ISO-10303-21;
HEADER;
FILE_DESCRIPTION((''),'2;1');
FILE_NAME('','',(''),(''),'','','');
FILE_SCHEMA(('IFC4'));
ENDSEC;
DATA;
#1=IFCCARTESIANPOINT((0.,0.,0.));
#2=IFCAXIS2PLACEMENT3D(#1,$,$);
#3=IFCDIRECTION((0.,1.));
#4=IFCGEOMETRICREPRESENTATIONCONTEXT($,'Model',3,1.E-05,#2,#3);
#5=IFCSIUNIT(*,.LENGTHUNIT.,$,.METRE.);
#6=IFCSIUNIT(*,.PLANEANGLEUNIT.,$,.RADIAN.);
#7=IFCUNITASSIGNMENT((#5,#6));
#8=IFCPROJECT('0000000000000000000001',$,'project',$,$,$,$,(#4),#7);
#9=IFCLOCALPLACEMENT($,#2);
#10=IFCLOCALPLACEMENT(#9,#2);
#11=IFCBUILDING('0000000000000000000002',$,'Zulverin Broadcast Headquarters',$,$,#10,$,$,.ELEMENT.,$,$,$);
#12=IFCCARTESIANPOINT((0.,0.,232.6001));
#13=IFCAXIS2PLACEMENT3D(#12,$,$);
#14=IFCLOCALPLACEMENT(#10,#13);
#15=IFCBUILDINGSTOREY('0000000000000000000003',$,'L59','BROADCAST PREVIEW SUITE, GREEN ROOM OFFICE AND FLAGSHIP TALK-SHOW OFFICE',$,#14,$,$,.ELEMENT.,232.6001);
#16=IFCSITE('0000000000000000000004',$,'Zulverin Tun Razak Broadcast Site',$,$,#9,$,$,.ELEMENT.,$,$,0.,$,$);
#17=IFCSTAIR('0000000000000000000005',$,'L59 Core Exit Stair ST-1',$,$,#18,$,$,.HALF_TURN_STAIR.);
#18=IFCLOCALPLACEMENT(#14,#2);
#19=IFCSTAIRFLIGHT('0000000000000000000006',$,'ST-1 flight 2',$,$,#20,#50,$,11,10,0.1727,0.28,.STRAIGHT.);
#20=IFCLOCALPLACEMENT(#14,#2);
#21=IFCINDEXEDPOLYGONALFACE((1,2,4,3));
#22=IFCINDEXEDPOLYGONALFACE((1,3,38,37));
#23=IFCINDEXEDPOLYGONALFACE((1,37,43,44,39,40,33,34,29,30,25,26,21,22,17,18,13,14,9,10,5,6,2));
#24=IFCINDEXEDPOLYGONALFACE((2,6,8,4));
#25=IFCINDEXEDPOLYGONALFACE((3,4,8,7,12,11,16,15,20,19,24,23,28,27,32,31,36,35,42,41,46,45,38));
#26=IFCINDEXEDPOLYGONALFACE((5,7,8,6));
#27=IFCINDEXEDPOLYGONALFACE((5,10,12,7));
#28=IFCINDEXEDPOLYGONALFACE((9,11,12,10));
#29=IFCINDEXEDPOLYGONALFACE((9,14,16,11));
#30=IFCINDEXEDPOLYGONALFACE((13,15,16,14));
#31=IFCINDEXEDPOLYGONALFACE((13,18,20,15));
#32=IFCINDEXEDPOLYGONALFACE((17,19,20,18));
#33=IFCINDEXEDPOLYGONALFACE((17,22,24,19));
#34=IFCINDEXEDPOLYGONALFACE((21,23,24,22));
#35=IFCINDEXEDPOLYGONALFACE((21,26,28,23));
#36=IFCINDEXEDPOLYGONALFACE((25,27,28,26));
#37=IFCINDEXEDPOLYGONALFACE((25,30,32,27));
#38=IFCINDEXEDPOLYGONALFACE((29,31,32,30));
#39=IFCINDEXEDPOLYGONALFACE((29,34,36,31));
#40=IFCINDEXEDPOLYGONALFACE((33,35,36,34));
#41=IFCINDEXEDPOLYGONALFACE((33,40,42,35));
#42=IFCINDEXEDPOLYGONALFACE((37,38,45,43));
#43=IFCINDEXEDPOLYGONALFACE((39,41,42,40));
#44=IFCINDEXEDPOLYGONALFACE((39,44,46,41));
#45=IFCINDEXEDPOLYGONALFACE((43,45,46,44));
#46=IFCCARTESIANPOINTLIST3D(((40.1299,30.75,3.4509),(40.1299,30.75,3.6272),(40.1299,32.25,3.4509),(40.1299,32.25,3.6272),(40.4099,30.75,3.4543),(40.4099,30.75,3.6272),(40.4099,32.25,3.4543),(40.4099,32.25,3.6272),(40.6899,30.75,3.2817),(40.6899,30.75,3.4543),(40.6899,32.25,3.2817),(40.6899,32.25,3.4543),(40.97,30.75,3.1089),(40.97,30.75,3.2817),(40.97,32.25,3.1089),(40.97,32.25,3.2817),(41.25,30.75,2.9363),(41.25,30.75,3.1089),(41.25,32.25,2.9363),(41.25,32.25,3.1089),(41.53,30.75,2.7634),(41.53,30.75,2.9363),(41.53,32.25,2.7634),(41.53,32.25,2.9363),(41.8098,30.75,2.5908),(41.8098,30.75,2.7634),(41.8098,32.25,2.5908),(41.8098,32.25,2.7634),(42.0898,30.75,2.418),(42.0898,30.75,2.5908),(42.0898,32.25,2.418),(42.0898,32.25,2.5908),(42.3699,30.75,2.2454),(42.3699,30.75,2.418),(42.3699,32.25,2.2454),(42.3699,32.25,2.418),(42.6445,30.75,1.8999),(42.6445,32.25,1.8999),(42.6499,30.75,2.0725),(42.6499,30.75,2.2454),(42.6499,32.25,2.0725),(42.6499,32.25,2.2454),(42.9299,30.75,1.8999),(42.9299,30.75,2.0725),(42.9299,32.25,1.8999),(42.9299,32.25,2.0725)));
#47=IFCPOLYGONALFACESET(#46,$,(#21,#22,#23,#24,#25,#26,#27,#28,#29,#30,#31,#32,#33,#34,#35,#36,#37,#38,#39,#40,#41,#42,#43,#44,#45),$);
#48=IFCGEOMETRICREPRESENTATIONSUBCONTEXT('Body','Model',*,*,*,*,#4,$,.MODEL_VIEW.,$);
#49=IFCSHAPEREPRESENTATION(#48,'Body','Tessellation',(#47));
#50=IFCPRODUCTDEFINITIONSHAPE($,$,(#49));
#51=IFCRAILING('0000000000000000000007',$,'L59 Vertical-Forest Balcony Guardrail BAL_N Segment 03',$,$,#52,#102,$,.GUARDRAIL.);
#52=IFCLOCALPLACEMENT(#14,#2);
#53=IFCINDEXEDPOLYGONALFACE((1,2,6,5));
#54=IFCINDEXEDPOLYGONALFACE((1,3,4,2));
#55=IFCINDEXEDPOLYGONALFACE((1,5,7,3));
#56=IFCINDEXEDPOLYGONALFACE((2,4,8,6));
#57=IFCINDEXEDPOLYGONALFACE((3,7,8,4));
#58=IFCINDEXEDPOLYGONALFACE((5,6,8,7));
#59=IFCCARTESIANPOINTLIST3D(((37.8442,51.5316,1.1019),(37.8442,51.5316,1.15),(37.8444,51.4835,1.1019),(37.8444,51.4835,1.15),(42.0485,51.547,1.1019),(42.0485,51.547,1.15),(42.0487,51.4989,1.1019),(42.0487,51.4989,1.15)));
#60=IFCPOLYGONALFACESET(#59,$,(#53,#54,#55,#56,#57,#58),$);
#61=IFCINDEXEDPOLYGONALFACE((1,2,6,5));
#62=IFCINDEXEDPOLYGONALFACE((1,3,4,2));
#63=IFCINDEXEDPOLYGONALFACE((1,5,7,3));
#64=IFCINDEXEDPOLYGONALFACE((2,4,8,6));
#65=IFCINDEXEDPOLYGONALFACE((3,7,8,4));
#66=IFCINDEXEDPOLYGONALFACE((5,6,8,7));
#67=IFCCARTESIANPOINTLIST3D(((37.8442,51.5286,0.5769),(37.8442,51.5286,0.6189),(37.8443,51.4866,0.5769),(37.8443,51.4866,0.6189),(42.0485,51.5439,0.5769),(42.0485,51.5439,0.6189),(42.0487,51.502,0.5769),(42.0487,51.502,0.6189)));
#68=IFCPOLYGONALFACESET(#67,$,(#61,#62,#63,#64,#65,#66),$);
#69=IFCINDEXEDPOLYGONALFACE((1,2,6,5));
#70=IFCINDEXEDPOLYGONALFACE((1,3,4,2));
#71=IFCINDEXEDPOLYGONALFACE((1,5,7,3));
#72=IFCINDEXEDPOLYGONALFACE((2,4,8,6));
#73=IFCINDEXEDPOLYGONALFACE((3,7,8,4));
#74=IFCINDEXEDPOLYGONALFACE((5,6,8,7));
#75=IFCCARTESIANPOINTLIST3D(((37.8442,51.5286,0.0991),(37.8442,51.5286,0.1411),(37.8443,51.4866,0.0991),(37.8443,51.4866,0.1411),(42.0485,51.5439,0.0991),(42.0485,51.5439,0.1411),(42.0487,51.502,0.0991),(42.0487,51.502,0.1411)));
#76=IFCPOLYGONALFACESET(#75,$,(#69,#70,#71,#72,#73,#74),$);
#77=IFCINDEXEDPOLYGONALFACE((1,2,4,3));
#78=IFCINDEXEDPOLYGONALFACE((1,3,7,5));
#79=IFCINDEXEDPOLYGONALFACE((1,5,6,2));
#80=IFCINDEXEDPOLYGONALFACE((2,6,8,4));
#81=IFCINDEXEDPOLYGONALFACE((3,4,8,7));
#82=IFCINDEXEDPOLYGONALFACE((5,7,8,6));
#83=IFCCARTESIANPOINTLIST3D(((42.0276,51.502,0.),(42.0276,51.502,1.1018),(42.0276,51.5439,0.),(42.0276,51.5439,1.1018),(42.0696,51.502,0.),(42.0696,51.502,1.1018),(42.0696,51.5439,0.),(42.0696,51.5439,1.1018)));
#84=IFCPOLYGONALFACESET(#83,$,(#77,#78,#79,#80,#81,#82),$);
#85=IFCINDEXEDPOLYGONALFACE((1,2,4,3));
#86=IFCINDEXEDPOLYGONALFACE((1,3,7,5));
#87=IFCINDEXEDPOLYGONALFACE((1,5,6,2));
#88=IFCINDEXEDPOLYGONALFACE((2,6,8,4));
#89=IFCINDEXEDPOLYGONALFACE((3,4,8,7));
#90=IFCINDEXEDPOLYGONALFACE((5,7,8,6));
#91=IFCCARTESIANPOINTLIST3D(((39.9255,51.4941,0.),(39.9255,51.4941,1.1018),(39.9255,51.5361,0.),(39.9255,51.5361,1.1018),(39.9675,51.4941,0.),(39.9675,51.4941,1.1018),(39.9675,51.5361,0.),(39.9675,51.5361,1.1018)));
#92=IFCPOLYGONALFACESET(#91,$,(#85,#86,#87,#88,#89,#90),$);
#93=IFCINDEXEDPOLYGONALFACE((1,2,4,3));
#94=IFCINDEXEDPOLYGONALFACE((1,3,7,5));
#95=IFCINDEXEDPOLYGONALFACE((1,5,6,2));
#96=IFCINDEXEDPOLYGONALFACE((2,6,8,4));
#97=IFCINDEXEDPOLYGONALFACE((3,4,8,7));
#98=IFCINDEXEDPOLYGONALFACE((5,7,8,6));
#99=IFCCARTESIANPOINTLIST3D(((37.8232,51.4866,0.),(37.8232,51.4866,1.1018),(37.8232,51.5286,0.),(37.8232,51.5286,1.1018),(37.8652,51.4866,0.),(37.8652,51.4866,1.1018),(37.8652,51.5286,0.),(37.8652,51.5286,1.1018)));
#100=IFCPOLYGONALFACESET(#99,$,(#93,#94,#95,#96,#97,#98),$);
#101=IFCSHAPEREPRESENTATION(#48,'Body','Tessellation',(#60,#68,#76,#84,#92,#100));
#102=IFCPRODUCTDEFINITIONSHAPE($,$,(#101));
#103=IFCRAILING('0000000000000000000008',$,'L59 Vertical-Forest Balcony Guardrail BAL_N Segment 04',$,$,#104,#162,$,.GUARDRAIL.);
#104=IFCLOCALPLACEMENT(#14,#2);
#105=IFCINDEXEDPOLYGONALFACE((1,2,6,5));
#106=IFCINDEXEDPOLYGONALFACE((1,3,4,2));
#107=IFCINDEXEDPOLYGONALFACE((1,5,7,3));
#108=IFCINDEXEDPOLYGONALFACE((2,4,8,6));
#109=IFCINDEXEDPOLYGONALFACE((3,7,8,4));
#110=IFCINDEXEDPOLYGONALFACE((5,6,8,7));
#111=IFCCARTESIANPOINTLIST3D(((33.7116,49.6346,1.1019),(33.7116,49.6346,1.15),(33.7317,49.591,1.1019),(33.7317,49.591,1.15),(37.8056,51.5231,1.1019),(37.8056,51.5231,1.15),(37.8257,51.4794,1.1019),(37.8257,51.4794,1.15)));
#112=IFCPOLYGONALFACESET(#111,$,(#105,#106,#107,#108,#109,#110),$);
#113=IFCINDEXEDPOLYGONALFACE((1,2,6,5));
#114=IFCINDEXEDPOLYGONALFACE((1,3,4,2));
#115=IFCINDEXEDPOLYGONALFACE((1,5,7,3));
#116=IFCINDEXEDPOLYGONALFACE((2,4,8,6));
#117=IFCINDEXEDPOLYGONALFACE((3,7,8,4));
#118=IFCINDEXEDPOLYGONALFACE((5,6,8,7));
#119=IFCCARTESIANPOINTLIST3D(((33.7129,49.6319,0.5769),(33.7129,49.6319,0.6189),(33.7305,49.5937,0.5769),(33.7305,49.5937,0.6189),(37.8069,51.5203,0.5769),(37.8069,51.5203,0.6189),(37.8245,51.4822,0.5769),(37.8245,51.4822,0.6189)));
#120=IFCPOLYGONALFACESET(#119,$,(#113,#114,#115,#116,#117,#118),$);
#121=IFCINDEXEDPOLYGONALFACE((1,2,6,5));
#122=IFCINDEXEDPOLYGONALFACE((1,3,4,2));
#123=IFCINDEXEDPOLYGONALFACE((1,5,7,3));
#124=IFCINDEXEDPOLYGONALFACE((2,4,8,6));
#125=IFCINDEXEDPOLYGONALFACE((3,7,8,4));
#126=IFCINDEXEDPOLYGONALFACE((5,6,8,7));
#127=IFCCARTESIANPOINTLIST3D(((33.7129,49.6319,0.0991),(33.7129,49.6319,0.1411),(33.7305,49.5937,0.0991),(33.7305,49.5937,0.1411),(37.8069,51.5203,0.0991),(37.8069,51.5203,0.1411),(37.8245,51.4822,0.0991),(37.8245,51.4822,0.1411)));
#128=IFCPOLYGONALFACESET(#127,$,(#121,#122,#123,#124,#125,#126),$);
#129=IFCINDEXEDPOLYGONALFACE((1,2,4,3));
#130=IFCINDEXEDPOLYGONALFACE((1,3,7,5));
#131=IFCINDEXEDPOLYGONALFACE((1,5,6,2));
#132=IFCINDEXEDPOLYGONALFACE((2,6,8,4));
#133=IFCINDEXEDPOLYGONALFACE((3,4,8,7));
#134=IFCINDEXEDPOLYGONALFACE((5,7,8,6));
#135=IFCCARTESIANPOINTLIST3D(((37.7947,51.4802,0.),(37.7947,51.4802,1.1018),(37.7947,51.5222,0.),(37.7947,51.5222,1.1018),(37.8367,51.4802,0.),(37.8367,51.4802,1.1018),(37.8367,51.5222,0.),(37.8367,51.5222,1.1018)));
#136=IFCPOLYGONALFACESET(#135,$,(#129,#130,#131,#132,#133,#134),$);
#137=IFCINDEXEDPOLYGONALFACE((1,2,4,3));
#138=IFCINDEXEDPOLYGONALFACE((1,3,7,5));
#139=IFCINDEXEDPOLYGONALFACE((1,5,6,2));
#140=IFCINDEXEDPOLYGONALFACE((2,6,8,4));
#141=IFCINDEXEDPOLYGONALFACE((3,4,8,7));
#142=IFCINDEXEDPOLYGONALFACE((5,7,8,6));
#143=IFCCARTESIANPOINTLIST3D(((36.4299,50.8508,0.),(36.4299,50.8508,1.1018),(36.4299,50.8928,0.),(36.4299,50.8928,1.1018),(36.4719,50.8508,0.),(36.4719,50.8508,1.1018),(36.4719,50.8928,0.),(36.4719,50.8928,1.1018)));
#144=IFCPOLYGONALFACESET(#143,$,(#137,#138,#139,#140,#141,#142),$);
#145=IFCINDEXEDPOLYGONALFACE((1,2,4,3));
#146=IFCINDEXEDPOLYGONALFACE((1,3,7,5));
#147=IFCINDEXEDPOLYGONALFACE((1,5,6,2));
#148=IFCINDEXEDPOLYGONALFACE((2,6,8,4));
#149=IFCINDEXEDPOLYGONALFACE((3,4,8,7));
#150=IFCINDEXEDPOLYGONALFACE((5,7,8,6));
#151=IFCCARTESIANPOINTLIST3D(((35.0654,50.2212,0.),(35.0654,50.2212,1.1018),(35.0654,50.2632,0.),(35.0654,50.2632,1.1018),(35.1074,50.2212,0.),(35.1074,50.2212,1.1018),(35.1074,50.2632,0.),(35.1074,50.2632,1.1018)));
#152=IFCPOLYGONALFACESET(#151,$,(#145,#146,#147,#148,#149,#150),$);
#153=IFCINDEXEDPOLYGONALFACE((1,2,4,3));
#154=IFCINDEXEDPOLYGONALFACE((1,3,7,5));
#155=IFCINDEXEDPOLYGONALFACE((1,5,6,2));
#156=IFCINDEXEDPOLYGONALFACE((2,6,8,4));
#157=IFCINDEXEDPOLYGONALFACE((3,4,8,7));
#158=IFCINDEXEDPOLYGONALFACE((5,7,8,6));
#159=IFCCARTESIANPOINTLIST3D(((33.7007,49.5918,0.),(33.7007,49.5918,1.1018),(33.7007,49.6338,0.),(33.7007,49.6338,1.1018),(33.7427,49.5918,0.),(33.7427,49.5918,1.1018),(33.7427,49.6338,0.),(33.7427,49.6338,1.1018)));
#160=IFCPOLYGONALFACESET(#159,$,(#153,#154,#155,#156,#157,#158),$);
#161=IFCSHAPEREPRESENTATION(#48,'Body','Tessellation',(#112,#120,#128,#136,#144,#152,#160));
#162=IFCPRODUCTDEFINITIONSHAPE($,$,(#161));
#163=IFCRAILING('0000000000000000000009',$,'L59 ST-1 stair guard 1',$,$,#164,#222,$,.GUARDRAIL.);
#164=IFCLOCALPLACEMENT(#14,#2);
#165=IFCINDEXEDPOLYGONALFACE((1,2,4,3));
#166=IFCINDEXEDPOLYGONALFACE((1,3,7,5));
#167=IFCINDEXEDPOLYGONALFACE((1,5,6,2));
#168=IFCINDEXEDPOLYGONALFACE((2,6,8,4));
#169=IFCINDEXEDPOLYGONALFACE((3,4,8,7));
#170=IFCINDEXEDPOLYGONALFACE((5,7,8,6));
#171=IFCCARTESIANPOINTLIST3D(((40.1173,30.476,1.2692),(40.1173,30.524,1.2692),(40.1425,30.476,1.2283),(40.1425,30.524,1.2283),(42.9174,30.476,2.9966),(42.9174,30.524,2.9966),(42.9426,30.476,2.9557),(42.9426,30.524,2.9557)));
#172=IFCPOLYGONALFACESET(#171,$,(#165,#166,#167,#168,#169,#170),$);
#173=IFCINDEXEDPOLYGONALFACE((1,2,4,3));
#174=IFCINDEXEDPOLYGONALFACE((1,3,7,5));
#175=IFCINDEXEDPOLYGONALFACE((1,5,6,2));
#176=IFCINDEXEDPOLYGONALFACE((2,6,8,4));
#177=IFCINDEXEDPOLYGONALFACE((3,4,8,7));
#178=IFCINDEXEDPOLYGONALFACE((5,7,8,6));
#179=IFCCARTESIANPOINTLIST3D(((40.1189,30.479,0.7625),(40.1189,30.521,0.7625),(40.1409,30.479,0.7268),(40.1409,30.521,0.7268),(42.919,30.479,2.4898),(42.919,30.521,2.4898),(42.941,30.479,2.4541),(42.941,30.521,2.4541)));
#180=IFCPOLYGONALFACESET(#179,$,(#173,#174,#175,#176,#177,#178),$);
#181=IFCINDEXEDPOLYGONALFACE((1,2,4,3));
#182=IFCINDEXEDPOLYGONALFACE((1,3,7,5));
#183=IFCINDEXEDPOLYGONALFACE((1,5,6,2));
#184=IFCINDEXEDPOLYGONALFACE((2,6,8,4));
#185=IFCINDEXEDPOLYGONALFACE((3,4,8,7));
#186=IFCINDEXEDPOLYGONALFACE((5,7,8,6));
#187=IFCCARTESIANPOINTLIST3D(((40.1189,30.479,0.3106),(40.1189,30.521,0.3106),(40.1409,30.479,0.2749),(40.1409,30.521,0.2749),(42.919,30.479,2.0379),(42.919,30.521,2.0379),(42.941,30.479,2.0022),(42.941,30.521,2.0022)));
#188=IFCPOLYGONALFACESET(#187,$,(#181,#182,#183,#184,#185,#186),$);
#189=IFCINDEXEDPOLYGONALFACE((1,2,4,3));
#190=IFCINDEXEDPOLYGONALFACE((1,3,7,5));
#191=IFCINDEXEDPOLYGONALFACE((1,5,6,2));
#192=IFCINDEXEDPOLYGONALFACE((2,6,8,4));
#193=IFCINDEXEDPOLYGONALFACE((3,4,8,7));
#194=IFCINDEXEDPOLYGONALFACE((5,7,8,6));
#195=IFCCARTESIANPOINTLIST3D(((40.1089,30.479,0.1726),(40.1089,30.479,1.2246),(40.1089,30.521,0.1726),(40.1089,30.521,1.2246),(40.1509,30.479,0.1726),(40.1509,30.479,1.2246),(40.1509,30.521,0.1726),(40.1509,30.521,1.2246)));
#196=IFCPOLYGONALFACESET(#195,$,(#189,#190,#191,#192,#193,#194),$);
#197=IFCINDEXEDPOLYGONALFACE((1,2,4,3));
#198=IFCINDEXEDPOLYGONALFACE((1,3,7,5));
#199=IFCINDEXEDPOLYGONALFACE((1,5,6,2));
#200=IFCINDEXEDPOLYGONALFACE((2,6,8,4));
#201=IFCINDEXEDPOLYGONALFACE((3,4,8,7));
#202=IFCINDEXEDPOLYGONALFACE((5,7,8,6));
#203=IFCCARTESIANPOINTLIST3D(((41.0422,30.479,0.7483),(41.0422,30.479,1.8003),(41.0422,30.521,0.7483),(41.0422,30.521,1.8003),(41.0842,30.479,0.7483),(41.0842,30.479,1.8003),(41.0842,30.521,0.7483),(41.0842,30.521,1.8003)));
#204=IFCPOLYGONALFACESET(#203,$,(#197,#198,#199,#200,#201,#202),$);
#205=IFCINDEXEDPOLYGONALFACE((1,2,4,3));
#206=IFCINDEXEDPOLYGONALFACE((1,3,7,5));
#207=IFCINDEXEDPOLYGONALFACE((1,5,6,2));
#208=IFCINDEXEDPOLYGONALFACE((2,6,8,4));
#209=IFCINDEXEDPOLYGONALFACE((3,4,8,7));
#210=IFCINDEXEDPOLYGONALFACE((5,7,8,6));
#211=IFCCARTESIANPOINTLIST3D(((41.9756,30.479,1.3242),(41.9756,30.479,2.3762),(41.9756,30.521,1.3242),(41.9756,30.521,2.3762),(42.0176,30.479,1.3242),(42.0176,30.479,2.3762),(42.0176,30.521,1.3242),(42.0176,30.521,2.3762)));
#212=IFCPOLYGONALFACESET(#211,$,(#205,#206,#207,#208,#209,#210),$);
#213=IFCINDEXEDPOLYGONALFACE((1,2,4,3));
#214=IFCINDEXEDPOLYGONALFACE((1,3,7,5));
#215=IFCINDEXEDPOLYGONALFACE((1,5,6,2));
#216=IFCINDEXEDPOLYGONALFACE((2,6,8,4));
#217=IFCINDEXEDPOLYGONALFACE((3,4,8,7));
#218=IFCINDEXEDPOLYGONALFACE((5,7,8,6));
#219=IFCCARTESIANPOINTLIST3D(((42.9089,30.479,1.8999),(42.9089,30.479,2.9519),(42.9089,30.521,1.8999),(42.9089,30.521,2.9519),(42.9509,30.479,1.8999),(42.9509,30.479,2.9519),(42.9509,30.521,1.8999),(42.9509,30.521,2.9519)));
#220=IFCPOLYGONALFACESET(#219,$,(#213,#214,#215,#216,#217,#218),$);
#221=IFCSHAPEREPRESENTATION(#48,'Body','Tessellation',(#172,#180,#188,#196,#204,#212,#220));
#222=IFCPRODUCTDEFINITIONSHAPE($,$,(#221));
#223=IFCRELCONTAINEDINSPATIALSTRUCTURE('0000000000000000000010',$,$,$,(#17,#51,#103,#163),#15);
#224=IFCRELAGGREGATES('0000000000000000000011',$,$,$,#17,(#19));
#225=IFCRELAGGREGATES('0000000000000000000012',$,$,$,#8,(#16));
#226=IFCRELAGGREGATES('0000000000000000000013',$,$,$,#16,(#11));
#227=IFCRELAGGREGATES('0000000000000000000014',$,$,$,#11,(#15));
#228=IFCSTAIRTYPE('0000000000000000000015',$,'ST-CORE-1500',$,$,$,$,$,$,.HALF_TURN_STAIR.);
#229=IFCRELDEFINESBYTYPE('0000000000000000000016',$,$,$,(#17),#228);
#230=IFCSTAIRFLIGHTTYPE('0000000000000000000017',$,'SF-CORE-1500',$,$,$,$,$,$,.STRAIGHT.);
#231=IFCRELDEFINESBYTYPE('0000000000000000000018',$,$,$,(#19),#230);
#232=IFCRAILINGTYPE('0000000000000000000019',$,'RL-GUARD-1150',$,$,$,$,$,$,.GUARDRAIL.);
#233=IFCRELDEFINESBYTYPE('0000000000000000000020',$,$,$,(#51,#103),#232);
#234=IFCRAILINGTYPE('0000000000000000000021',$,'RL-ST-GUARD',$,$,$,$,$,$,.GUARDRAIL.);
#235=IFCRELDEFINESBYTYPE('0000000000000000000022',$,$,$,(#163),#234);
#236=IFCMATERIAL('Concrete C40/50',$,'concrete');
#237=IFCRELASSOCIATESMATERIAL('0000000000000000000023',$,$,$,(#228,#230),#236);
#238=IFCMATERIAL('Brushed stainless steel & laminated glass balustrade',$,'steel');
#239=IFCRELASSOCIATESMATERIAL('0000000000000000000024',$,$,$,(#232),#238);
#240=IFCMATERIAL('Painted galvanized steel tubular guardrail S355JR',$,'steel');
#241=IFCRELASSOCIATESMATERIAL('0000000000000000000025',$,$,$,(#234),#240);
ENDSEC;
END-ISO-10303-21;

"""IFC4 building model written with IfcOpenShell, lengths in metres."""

from ifc_helpers import new_model, si_unit, direction, frame, origin, origin_2d, place, context, subcontext, project, spatial, polyline, rectangle, outline, extrude, material, type_object, element, aggregate, save


model = new_model("IFC4")

# Units and contexts
model_context = context("Model", 3, precision=1e-05, world=origin(), true_north=direction((0.0, 1.0)))
body_context = subcontext(model_context, "Body", "Model", "MODEL_VIEW")
ifc_project = project(units=[si_unit("LENGTHUNIT", "METRE"), si_unit("PLANEANGLEUNIT", "RADIAN")], contexts=[model_context])

# Site, building, storey
site_placement = place(None, origin())
site = spatial("IfcSite", under=ifc_project, at=site_placement, Name="Zulverin Tun Razak Broadcast Site", CompositionType="ELEMENT", RefElevation=0.0)
building_placement = place(site_placement, origin())
building = spatial("IfcBuilding", under=site, at=building_placement, Name="Zulverin Broadcast Headquarters", CompositionType="ELEMENT")
storey_placement = place(building_placement, frame((0.0, 0.0, 232.6001)))
storey = spatial("IfcBuildingStorey", under=building, at=storey_placement, Name="L59", Description="BROADCAST PREVIEW SUITE, GREEN ROOM OFFICE AND FLAGSHIP TALK-SHOW OFFICE", CompositionType="ELEMENT", Elevation=232.6001)

# Shared definitions
ifc_material_1 = material(Name="Concrete C40/50", Category="concrete")

# Stair, stair flight
stair_type = type_object("IfcStairType", Name="ST-CORE-1500", PredefinedType="HALF_TURN_STAIR", material=ifc_material_1)
stair_placement = place(storey_placement, origin())
stair = element("IfcStair", 1, at=stair_placement, inside=storey, type_object=stair_type, Name="L59 Core Exit Stair ST-1", PredefinedType="HALF_TURN_STAIR")
stair_flight_type = type_object("IfcStairFlightType", Name="SF-CORE-1500", PredefinedType="STRAIGHT", material=ifc_material_1)
stair_flight_1_placement = place(storey_placement, frame((42.9299, 31.5, 1.8999), z_axis=(0.0, 0.0, 1.0), x_axis=(-1.0, 0.0, 0.0)))
stair_flight_1 = element("IfcStairFlight", 2, at=stair_flight_1_placement, type_object=stair_flight_type, Name="ST-1 flight 2", NumberOfRisers=11, NumberOfTreads=10, PredefinedType="STRAIGHT", RiserHeight=0.1727, TreadLength=0.28, context=body_context, shape_type="SweptSolid", body=[
    extrude(outline(polyline([(0.0, 0.0), (0.0, 0.1726), (0.28, 0.1726), (0.28, 0.3455), (0.5601, 0.3455), (0.5601, 0.5181), (0.8401, 0.5181), (0.8401, 0.6909), (1.1201, 0.6909), (1.1201, 0.8635), (1.3999, 0.8635), (1.3999, 1.0364), (1.6799, 1.0364), (1.6799, 1.209), (1.96, 1.209), (1.96, 1.3818), (2.24, 1.3818), (2.24, 1.5544), (2.52, 1.5544), (2.52, 1.7273), (2.8, 1.7273), (2.8, 1.8999), (2.8, 1.551), (0.2854, 0.0), (0.0, 0.0)])), frame((0.0, 0.75, 0.0), z_axis=(0.0, -1.0, 0.0), x_axis=(1.0, 0.0, 0.0)), (0.0, 0.0, 1.0), 1.5),
])
aggregate(stair, [stair_flight_1])

# Railings
ifc_material_2 = material(Name="Brushed stainless steel & laminated glass balustrade", Category="steel")
railing_type_1 = type_object("IfcRailingType", Name="RL-GUARD-1150", PredefinedType="GUARDRAIL", material=ifc_material_2)
railing_1_placement = place(storey_placement, frame((42.0486, 51.5229, 0.0)))
element("IfcRailing", 3, at=railing_1_placement, inside=storey, type_object=railing_type_1, Name="L59 Vertical-Forest Balcony Guardrail BAL_N Segment 03", PredefinedType="GUARDRAIL", context=body_context, shape_type="SweptSolid", body=[
    extrude(rectangle(XDim=0.0481, YDim=0.0481, at=origin_2d()), frame((0.0, 0.0, 1.126), z_axis=(-0.999993, -0.003658, 0.0), x_axis=(0.003658, -0.999993, 0.0)), (0.0, 0.0, 1.0), 4.2043),
    extrude(rectangle(XDim=0.042, YDim=0.042, at=origin_2d()), frame((0.0, 0.0, 0.5979), z_axis=(-0.999993, -0.003658, 0.0), x_axis=(0.003658, -0.999993, 0.0)), (0.0, 0.0, 1.0), 4.2043),
    extrude(rectangle(XDim=0.042, YDim=0.042, at=origin_2d()), frame((0.0, 0.0, 0.1201), z_axis=(-0.999993, -0.003658, 0.0), x_axis=(0.003658, -0.999993, 0.0)), (0.0, 0.0, 1.0), 4.2043),
    extrude(rectangle(XDim=0.042, YDim=0.042, at=origin_2d()), origin(), (0.0, 0.0, 1.0), 1.1018),
    extrude(rectangle(XDim=0.042, YDim=0.042, at=origin_2d()), frame((-2.1021, -0.0078, 0.0)), (0.0, 0.0, 1.0), 1.1018),
    extrude(rectangle(XDim=0.042, YDim=0.042, at=origin_2d()), frame((-4.2043, -0.0154, 0.0)), (0.0, 0.0, 1.0), 1.1018),
])
railing_2_placement = place(storey_placement, frame((37.8157, 51.5012, 0.0)))
element("IfcRailing", 4, at=railing_2_placement, inside=storey, type_object=railing_type_1, Name="L59 Vertical-Forest Balcony Guardrail BAL_N Segment 04", PredefinedType="GUARDRAIL", context=body_context, shape_type="SweptSolid", body=[
    extrude(rectangle(XDim=0.0481, YDim=0.0481, at=origin_2d()), frame((0.0, 0.0, 1.126), z_axis=(-0.908053, -0.418856, 0.0), x_axis=(0.418856, -0.908053, 0.0)), (0.0, 0.0, 1.0), 4.5085),
    extrude(rectangle(XDim=0.042, YDim=0.042, at=origin_2d()), frame((0.0, 0.0, 0.5979), z_axis=(-0.908053, -0.418856, 0.0), x_axis=(0.418856, -0.908053, 0.0)), (0.0, 0.0, 1.0), 4.5085),
    extrude(rectangle(XDim=0.042, YDim=0.042, at=origin_2d()), frame((0.0, 0.0, 0.1201), z_axis=(-0.908053, -0.418856, 0.0), x_axis=(0.418856, -0.908053, 0.0)), (0.0, 0.0, 1.0), 4.5085),
    extrude(rectangle(XDim=0.042, YDim=0.042, at=origin_2d()), origin(), (0.0, 0.0, 1.0), 1.1018),
    extrude(rectangle(XDim=0.042, YDim=0.042, at=origin_2d()), frame((-1.3647, -0.6294, 0.0)), (0.0, 0.0, 1.0), 1.1018),
    extrude(rectangle(XDim=0.042, YDim=0.042, at=origin_2d()), frame((-2.7292, -1.259, 0.0)), (0.0, 0.0, 1.0), 1.1018),
    extrude(rectangle(XDim=0.042, YDim=0.042, at=origin_2d()), frame((-4.094, -1.8884, 0.0)), (0.0, 0.0, 1.0), 1.1018),
])
ifc_material_3 = material(Name="Painted galvanized steel tubular guardrail S355JR", Category="steel")
railing_type_2 = type_object("IfcRailingType", Name="RL-ST-GUARD", PredefinedType="GUARDRAIL", material=ifc_material_3)
railing_3_placement = place(storey_placement, frame((40.1299, 30.5, 0.1726)))
element("IfcRailing", 5, at=railing_3_placement, inside=storey, type_object=railing_type_2, Name="L59 ST-1 stair guard 1", PredefinedType="GUARDRAIL", context=body_context, shape_type="SweptSolid", body=[
    extrude(rectangle(XDim=0.0481, YDim=0.0481, at=origin_2d()), frame((0.0, 0.0, 1.0762), z_axis=(0.85109, 0.0, 0.52502), x_axis=(0.0, 1.0, 0.0)), (0.0, 0.0, 1.0), 3.29),
    extrude(rectangle(XDim=0.042, YDim=0.042, at=origin_2d()), frame((0.0, 0.0, 0.572), z_axis=(0.85109, 0.0, 0.52502), x_axis=(0.0, 1.0, 0.0)), (0.0, 0.0, 1.0), 3.29),
    extrude(rectangle(XDim=0.042, YDim=0.042, at=origin_2d()), frame((0.0, 0.0, 0.1201), z_axis=(0.85109, 0.0, 0.52502), x_axis=(0.0, 1.0, 0.0)), (0.0, 0.0, 1.0), 3.29),
    extrude(rectangle(XDim=0.042, YDim=0.042, at=origin_2d()), origin(), (0.0, 0.0, 1.0), 1.052),
    extrude(rectangle(XDim=0.042, YDim=0.042, at=origin_2d()), frame((0.9333, 0.0, 0.5757)), (0.0, 0.0, 1.0), 1.052),
    extrude(rectangle(XDim=0.042, YDim=0.042, at=origin_2d()), frame((1.8667, 0.0, 1.1516)), (0.0, 0.0, 1.0), 1.052),
    extrude(rectangle(XDim=0.042, YDim=0.042, at=origin_2d()), frame((2.8, 0.0, 1.7273)), (0.0, 0.0, 1.0), 1.052),
])

save(model, "model.ifc")
